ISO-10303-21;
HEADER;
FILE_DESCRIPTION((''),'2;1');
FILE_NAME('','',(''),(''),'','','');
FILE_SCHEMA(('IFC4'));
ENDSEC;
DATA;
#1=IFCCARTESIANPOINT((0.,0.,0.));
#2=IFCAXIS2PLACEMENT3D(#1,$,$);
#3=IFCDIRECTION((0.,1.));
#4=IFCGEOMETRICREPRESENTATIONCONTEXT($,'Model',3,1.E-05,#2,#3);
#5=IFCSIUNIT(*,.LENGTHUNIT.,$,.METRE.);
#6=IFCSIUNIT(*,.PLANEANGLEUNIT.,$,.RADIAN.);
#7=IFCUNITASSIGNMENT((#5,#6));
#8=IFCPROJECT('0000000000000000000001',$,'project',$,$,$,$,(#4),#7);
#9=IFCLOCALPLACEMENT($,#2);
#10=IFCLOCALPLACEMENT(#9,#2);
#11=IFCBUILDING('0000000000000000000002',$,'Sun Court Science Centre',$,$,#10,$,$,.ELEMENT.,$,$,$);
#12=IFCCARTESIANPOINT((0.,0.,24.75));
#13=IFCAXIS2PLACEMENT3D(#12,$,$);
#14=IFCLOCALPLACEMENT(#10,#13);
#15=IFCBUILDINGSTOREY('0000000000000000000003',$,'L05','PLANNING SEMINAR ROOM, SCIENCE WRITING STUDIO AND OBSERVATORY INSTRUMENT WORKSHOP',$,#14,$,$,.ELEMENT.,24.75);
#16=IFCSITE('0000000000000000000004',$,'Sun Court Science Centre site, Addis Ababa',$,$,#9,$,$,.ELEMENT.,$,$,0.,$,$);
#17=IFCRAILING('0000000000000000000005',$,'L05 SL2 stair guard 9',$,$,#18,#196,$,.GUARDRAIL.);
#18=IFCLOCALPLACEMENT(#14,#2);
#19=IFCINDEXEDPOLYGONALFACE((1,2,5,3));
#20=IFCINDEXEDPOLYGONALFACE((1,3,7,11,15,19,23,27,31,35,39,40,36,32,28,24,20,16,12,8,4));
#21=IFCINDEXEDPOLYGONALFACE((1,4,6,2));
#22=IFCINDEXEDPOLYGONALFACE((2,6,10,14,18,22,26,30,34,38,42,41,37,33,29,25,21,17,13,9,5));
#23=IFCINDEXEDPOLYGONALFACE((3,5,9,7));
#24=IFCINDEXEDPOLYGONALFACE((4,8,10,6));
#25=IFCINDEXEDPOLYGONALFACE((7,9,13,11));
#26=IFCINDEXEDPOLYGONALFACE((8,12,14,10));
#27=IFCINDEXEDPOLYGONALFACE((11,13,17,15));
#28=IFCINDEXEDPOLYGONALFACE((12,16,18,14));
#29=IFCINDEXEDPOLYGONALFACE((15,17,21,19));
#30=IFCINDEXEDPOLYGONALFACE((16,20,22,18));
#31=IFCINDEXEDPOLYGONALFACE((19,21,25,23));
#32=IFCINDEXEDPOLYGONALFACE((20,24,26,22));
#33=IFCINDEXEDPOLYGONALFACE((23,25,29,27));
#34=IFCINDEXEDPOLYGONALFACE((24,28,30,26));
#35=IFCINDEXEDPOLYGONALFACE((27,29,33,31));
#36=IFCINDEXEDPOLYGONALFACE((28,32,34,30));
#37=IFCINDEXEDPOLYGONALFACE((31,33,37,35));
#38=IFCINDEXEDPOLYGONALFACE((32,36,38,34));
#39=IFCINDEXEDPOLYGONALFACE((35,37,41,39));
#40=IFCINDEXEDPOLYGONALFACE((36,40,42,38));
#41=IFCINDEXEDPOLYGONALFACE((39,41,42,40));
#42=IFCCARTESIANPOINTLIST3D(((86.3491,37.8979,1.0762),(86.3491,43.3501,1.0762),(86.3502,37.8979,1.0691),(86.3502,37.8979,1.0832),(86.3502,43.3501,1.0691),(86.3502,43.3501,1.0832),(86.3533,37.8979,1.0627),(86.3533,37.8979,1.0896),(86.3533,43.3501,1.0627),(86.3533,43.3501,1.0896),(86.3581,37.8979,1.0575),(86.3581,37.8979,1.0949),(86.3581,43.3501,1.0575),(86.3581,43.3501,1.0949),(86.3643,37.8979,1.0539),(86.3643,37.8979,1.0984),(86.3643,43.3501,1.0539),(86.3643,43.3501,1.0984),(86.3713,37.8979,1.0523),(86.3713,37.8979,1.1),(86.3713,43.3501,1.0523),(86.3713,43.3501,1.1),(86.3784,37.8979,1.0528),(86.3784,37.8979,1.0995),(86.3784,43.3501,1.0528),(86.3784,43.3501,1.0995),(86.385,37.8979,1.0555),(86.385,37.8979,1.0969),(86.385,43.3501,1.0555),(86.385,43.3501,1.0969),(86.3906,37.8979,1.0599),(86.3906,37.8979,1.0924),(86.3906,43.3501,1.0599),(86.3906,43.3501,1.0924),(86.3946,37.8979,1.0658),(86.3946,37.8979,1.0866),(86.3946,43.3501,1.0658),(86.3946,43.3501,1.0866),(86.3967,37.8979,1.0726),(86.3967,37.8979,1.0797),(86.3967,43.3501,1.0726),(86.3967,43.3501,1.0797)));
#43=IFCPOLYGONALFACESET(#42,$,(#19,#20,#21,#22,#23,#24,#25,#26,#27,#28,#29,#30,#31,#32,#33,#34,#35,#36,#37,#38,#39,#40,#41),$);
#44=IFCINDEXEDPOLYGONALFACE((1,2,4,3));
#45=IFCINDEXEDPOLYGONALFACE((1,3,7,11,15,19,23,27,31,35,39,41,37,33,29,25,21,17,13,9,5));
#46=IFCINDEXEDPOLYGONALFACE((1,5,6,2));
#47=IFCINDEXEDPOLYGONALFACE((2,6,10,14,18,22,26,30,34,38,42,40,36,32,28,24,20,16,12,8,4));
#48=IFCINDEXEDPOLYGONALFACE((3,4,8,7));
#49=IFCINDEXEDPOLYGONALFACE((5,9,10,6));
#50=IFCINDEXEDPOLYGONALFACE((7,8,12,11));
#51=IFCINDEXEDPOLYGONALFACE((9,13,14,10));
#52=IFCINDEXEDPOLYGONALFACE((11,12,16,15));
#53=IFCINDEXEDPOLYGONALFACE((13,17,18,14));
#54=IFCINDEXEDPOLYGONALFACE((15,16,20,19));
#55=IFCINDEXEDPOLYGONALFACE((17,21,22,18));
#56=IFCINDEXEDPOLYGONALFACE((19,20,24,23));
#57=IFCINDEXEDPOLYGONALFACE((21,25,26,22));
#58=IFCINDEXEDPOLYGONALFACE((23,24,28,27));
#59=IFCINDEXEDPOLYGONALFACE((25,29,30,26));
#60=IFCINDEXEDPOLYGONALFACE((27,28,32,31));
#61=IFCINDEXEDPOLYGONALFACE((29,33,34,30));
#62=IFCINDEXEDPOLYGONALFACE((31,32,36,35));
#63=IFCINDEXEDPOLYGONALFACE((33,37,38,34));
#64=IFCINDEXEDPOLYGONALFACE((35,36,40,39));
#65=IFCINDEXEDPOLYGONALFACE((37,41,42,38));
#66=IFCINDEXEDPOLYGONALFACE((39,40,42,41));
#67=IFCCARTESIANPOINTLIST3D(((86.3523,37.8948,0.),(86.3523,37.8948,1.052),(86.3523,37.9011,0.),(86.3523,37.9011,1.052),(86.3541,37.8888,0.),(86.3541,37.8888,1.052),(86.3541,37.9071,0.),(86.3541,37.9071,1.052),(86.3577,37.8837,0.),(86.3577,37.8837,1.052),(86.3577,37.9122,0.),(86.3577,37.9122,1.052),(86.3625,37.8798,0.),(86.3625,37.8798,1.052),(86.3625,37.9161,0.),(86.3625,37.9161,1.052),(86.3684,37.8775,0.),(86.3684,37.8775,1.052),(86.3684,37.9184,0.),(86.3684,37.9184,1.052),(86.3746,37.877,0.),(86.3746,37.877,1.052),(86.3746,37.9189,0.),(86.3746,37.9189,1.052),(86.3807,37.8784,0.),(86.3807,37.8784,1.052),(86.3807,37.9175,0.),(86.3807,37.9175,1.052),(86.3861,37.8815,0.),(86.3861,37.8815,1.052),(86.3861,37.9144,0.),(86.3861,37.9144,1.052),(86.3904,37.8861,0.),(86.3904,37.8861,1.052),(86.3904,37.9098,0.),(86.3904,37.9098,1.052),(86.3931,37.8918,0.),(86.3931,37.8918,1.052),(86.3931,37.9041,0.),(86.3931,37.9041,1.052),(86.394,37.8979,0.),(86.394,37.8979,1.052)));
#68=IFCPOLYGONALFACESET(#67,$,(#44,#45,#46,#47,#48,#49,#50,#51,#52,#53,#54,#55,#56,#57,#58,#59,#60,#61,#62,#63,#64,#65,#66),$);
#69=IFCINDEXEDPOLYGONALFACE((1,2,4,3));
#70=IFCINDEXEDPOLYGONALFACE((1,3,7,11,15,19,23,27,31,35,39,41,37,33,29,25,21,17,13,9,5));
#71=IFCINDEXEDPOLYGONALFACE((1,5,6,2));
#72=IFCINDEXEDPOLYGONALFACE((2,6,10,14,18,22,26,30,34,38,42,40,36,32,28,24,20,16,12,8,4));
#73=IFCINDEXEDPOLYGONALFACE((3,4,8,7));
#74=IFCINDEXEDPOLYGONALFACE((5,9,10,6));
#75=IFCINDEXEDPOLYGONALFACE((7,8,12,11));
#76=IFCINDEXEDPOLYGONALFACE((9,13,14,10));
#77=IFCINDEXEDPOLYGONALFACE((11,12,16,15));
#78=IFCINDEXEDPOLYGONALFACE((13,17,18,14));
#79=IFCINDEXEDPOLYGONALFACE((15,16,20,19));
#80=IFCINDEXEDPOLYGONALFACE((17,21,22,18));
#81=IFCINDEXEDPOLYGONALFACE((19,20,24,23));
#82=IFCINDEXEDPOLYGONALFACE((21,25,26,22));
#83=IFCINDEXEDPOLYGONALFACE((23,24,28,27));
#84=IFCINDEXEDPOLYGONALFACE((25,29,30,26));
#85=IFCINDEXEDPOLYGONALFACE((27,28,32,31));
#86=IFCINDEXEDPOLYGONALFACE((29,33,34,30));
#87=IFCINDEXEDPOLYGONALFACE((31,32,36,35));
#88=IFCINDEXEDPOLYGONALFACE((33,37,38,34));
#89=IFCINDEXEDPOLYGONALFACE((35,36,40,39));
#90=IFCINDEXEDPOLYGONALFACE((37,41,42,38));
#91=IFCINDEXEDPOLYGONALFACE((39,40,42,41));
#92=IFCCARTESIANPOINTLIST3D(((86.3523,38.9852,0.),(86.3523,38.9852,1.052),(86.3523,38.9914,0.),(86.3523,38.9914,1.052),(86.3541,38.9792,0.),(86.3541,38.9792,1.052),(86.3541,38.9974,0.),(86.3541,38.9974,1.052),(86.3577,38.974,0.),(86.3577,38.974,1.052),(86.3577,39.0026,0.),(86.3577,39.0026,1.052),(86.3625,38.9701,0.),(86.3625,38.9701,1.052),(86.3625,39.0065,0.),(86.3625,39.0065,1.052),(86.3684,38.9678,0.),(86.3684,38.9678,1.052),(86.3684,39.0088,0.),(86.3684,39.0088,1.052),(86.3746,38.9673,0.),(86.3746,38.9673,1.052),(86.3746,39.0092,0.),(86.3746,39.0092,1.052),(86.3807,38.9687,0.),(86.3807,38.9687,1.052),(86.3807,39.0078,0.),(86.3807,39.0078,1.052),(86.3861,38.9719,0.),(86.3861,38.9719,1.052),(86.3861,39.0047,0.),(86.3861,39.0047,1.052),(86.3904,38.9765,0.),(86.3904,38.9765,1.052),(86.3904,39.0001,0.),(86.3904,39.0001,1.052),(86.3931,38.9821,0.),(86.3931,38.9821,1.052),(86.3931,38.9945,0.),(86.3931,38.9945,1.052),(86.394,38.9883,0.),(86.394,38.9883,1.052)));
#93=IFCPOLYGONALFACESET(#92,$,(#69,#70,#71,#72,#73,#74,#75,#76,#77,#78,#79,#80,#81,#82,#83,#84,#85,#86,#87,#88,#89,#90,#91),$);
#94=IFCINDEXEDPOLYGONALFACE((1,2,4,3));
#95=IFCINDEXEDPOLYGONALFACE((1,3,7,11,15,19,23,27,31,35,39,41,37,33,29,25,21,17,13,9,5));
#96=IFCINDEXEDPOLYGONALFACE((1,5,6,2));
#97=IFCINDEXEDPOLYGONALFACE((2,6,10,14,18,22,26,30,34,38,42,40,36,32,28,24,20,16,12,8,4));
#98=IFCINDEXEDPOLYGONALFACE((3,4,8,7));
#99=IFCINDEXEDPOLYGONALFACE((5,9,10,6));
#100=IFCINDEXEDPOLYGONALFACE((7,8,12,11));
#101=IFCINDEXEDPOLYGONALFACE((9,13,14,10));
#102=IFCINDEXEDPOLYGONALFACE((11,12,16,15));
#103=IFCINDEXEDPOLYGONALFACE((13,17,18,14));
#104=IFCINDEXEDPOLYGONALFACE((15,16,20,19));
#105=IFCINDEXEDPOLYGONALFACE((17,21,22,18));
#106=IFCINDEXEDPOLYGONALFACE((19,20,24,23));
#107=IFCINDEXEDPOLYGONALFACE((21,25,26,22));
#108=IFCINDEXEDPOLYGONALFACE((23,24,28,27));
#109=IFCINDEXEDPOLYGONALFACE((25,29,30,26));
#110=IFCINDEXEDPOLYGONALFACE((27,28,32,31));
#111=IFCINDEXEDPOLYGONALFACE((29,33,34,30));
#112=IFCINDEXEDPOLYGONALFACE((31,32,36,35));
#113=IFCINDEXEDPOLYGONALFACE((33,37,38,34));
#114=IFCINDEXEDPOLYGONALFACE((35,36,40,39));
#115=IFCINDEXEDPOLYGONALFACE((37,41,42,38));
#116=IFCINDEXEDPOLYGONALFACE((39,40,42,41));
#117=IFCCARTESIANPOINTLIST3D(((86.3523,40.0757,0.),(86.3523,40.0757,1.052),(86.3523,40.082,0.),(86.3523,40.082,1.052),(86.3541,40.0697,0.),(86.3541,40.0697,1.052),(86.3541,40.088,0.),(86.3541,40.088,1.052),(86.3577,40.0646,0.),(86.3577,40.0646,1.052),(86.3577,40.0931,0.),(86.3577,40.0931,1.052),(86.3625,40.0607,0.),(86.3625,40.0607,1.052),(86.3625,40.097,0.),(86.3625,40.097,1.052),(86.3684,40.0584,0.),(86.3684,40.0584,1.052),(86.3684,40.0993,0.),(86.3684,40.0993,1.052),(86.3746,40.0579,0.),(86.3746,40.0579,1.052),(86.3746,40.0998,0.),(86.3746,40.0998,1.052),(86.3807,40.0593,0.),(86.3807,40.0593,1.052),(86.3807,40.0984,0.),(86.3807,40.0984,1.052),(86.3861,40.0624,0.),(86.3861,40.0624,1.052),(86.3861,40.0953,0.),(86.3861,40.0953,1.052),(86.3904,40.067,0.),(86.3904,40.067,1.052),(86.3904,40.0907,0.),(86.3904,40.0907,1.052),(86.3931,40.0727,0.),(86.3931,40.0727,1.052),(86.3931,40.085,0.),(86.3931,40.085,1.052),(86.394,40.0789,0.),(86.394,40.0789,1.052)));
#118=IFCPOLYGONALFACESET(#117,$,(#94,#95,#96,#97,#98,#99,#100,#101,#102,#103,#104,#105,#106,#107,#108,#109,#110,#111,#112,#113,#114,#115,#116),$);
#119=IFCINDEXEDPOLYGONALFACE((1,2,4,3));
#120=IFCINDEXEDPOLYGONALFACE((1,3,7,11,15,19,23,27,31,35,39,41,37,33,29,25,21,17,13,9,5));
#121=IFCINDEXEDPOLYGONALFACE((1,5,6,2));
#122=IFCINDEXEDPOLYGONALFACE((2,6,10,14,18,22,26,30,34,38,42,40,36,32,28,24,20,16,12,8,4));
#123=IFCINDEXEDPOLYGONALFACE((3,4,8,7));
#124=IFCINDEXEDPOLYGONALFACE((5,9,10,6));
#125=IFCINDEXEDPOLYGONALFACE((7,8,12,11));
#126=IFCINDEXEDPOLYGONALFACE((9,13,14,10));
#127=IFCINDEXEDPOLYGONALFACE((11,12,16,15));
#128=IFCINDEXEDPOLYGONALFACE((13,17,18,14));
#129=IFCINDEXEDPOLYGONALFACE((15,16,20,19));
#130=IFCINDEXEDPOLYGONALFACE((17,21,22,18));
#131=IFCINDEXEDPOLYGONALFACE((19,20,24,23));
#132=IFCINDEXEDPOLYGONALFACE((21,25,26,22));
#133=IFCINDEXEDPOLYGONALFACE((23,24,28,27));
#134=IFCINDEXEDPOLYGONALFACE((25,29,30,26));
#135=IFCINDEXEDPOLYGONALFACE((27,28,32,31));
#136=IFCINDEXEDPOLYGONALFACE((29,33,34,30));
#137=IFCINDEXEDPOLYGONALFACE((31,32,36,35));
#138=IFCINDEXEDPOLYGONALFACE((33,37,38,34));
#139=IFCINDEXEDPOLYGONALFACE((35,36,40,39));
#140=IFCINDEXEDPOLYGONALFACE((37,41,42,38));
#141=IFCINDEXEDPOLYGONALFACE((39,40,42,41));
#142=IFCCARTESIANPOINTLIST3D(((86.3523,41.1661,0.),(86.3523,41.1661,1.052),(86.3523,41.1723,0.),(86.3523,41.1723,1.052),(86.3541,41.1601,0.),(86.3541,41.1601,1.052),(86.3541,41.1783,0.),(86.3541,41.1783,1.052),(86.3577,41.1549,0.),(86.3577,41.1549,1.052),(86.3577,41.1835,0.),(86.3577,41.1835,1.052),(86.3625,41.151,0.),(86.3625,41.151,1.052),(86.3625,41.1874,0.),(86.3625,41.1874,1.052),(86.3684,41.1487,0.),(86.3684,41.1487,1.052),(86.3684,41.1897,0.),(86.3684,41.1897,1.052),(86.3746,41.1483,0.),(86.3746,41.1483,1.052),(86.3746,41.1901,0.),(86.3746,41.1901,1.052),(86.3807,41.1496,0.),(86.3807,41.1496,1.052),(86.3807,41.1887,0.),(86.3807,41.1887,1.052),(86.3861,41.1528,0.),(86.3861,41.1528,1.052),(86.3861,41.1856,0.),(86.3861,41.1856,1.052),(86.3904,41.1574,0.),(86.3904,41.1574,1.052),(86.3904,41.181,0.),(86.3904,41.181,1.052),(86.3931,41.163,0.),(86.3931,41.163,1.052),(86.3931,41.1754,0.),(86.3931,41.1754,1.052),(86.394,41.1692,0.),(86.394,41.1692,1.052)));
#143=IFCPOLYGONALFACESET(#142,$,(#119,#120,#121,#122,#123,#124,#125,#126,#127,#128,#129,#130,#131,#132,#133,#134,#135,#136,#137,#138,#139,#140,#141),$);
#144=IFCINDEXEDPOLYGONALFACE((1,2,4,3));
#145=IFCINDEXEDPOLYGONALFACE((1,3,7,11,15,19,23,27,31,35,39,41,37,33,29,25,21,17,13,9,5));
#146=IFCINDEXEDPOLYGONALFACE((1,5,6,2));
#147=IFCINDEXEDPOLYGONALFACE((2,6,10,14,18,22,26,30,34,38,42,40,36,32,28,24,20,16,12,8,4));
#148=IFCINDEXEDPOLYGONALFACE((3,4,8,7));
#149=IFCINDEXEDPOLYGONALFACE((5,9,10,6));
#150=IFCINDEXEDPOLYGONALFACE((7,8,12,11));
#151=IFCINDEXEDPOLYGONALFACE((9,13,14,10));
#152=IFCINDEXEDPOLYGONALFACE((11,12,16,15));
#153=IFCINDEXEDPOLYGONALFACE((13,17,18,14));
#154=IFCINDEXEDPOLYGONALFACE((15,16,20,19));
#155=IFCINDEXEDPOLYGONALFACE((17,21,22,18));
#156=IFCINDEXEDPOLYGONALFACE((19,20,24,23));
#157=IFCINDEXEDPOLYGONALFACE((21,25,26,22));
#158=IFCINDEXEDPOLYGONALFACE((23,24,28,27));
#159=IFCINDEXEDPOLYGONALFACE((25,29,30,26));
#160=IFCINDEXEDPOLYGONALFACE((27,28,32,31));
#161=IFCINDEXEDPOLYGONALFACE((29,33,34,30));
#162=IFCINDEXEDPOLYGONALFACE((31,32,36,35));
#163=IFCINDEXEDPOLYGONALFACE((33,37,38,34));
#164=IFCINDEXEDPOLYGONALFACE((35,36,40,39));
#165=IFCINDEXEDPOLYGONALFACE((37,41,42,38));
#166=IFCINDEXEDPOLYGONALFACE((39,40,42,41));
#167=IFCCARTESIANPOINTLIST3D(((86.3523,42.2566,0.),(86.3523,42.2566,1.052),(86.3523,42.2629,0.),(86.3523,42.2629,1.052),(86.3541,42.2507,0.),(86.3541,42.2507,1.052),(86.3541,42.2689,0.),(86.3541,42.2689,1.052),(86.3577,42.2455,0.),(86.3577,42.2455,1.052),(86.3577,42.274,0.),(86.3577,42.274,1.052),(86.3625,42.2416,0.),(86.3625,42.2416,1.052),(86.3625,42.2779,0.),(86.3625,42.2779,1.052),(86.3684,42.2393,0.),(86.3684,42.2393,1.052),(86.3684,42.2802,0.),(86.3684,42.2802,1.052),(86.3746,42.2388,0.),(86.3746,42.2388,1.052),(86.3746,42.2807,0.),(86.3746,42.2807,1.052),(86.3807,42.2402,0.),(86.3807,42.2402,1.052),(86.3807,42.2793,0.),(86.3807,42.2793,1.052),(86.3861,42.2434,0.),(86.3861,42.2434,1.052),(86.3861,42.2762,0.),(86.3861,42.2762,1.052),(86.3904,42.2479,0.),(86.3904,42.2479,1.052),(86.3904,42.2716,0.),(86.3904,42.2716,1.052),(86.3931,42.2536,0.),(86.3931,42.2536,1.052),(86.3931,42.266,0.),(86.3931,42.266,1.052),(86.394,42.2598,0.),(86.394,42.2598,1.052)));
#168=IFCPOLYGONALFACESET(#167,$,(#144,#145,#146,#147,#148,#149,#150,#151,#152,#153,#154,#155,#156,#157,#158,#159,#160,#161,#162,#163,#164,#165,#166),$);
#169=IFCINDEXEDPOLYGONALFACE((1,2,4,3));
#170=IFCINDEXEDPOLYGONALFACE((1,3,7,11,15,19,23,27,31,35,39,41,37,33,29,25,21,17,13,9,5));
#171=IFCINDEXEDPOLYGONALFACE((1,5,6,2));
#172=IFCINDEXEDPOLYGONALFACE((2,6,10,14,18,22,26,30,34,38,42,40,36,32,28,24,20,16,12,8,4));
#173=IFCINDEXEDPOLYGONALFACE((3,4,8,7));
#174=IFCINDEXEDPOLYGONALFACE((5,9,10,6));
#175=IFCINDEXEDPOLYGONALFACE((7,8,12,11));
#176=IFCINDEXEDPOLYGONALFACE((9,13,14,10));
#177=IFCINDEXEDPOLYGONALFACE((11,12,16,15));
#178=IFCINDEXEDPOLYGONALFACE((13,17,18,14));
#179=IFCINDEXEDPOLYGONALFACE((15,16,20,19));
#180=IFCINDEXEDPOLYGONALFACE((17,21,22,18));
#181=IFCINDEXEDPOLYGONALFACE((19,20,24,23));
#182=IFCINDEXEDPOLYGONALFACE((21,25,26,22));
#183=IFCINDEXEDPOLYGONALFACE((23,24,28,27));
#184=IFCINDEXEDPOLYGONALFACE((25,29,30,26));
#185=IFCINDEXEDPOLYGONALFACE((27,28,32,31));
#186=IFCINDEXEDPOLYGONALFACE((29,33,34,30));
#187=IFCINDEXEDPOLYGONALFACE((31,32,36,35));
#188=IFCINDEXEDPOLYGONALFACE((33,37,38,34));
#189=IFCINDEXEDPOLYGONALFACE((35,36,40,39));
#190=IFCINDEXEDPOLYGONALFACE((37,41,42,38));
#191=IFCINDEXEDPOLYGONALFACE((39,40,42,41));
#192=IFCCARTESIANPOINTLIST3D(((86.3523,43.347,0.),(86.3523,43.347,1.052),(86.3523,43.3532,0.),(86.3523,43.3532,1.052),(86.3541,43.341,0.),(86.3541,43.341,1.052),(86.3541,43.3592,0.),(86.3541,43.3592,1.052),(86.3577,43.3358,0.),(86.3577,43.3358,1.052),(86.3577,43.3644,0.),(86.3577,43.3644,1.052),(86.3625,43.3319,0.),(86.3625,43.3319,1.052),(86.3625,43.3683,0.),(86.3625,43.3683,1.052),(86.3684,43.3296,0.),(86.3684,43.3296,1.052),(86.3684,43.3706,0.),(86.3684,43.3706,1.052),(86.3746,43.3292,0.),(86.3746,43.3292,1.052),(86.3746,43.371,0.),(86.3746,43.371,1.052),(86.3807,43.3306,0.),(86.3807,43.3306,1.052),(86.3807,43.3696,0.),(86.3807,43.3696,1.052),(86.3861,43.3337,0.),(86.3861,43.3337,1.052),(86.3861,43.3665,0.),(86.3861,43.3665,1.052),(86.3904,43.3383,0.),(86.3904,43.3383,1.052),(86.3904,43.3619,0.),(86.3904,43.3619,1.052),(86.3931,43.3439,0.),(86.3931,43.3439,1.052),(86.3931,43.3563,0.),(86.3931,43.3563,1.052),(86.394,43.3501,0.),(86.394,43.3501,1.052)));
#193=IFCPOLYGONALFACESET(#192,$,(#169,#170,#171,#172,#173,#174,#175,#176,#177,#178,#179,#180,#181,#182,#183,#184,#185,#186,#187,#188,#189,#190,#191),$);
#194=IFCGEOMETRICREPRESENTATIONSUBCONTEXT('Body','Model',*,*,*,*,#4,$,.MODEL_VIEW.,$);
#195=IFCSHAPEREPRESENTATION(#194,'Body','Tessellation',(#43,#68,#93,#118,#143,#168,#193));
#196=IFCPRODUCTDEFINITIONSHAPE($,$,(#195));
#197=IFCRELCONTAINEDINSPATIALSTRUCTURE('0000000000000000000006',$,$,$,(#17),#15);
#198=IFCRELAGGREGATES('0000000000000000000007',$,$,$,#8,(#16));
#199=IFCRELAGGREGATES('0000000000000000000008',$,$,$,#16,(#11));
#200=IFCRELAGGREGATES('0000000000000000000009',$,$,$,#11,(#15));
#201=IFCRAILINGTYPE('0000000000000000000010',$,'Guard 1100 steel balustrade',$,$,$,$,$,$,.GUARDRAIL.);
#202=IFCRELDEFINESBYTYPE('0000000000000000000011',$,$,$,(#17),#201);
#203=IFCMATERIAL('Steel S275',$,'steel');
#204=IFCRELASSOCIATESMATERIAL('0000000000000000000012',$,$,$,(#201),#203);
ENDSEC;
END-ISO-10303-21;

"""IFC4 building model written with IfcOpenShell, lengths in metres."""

from ifc_helpers import new_model, si_unit, direction, frame, origin, origin_2d, place, context, subcontext, project, spatial, circle, extrude, material, type_object, element, save


model = new_model("IFC4")

# Units and contexts
model_context = context("Model", 3, precision=1e-05, world=origin(), true_north=direction((0.0, 1.0)))
body_context = subcontext(model_context, "Body", "Model", "MODEL_VIEW")
ifc_project = project(units=[si_unit("LENGTHUNIT", "METRE"), si_unit("PLANEANGLEUNIT", "RADIAN")], contexts=[model_context])

# Site, building, storey
site_placement = place(None, origin())
site = spatial("IfcSite", under=ifc_project, at=site_placement, Name="Sun Court Science Centre site, Addis Ababa", CompositionType="ELEMENT", RefElevation=0.0)
building_placement = place(site_placement, origin())
building = spatial("IfcBuilding", under=site, at=building_placement, Name="Sun Court Science Centre", CompositionType="ELEMENT")
storey_placement = place(building_placement, frame((0.0, 0.0, 24.75)))
storey = spatial("IfcBuildingStorey", under=building, at=storey_placement, Name="L05", Description="PLANNING SEMINAR ROOM, SCIENCE WRITING STUDIO AND OBSERVATORY INSTRUMENT WORKSHOP", CompositionType="ELEMENT", Elevation=24.75)

# Railing
ifc_material_1 = material(Name="Steel S275", Category="steel")
railing_type = type_object("IfcRailingType", Name="Guard 1100 steel balustrade", PredefinedType="GUARDRAIL", material=ifc_material_1)
for number, where, name in (
    (1, (86.373, 37.8979, 0.0), "L05 SL2 stair guard 9"),
):
    element("IfcRailing", number, at=place(storey_placement, frame(where)), inside=storey, type_object=railing_type, Name=name, PredefinedType="GUARDRAIL", context=body_context, shape_type="SweptSolid", body=[
        extrude(circle(Radius=0.0239, at=origin_2d()), frame((0.0, 0.0, 1.0762), z_axis=(0.0, 1.0, 0.0), x_axis=(-1.0, 0.0, 0.0)), (0.0, 0.0, 1.0), 5.4521),
        extrude(circle(Radius=0.021, at=origin_2d()), origin(), (0.0, 0.0, 1.0), 1.052),
        extrude(circle(Radius=0.021, at=origin_2d()), frame((0.0, 1.0903, 0.0)), (0.0, 0.0, 1.0), 1.052),
        extrude(circle(Radius=0.021, at=origin_2d()), frame((0.0, 2.1809, 0.0)), (0.0, 0.0, 1.0), 1.052),
        extrude(circle(Radius=0.021, at=origin_2d()), frame((0.0, 3.2712, 0.0)), (0.0, 0.0, 1.0), 1.052),
        extrude(circle(Radius=0.021, at=origin_2d()), frame((0.0, 4.3618, 0.0)), (0.0, 0.0, 1.0), 1.052),
        extrude(circle(Radius=0.021, at=origin_2d()), frame((0.0, 5.4521, 0.0)), (0.0, 0.0, 1.0), 1.052),
    ])

save(model, "model.ifc")
